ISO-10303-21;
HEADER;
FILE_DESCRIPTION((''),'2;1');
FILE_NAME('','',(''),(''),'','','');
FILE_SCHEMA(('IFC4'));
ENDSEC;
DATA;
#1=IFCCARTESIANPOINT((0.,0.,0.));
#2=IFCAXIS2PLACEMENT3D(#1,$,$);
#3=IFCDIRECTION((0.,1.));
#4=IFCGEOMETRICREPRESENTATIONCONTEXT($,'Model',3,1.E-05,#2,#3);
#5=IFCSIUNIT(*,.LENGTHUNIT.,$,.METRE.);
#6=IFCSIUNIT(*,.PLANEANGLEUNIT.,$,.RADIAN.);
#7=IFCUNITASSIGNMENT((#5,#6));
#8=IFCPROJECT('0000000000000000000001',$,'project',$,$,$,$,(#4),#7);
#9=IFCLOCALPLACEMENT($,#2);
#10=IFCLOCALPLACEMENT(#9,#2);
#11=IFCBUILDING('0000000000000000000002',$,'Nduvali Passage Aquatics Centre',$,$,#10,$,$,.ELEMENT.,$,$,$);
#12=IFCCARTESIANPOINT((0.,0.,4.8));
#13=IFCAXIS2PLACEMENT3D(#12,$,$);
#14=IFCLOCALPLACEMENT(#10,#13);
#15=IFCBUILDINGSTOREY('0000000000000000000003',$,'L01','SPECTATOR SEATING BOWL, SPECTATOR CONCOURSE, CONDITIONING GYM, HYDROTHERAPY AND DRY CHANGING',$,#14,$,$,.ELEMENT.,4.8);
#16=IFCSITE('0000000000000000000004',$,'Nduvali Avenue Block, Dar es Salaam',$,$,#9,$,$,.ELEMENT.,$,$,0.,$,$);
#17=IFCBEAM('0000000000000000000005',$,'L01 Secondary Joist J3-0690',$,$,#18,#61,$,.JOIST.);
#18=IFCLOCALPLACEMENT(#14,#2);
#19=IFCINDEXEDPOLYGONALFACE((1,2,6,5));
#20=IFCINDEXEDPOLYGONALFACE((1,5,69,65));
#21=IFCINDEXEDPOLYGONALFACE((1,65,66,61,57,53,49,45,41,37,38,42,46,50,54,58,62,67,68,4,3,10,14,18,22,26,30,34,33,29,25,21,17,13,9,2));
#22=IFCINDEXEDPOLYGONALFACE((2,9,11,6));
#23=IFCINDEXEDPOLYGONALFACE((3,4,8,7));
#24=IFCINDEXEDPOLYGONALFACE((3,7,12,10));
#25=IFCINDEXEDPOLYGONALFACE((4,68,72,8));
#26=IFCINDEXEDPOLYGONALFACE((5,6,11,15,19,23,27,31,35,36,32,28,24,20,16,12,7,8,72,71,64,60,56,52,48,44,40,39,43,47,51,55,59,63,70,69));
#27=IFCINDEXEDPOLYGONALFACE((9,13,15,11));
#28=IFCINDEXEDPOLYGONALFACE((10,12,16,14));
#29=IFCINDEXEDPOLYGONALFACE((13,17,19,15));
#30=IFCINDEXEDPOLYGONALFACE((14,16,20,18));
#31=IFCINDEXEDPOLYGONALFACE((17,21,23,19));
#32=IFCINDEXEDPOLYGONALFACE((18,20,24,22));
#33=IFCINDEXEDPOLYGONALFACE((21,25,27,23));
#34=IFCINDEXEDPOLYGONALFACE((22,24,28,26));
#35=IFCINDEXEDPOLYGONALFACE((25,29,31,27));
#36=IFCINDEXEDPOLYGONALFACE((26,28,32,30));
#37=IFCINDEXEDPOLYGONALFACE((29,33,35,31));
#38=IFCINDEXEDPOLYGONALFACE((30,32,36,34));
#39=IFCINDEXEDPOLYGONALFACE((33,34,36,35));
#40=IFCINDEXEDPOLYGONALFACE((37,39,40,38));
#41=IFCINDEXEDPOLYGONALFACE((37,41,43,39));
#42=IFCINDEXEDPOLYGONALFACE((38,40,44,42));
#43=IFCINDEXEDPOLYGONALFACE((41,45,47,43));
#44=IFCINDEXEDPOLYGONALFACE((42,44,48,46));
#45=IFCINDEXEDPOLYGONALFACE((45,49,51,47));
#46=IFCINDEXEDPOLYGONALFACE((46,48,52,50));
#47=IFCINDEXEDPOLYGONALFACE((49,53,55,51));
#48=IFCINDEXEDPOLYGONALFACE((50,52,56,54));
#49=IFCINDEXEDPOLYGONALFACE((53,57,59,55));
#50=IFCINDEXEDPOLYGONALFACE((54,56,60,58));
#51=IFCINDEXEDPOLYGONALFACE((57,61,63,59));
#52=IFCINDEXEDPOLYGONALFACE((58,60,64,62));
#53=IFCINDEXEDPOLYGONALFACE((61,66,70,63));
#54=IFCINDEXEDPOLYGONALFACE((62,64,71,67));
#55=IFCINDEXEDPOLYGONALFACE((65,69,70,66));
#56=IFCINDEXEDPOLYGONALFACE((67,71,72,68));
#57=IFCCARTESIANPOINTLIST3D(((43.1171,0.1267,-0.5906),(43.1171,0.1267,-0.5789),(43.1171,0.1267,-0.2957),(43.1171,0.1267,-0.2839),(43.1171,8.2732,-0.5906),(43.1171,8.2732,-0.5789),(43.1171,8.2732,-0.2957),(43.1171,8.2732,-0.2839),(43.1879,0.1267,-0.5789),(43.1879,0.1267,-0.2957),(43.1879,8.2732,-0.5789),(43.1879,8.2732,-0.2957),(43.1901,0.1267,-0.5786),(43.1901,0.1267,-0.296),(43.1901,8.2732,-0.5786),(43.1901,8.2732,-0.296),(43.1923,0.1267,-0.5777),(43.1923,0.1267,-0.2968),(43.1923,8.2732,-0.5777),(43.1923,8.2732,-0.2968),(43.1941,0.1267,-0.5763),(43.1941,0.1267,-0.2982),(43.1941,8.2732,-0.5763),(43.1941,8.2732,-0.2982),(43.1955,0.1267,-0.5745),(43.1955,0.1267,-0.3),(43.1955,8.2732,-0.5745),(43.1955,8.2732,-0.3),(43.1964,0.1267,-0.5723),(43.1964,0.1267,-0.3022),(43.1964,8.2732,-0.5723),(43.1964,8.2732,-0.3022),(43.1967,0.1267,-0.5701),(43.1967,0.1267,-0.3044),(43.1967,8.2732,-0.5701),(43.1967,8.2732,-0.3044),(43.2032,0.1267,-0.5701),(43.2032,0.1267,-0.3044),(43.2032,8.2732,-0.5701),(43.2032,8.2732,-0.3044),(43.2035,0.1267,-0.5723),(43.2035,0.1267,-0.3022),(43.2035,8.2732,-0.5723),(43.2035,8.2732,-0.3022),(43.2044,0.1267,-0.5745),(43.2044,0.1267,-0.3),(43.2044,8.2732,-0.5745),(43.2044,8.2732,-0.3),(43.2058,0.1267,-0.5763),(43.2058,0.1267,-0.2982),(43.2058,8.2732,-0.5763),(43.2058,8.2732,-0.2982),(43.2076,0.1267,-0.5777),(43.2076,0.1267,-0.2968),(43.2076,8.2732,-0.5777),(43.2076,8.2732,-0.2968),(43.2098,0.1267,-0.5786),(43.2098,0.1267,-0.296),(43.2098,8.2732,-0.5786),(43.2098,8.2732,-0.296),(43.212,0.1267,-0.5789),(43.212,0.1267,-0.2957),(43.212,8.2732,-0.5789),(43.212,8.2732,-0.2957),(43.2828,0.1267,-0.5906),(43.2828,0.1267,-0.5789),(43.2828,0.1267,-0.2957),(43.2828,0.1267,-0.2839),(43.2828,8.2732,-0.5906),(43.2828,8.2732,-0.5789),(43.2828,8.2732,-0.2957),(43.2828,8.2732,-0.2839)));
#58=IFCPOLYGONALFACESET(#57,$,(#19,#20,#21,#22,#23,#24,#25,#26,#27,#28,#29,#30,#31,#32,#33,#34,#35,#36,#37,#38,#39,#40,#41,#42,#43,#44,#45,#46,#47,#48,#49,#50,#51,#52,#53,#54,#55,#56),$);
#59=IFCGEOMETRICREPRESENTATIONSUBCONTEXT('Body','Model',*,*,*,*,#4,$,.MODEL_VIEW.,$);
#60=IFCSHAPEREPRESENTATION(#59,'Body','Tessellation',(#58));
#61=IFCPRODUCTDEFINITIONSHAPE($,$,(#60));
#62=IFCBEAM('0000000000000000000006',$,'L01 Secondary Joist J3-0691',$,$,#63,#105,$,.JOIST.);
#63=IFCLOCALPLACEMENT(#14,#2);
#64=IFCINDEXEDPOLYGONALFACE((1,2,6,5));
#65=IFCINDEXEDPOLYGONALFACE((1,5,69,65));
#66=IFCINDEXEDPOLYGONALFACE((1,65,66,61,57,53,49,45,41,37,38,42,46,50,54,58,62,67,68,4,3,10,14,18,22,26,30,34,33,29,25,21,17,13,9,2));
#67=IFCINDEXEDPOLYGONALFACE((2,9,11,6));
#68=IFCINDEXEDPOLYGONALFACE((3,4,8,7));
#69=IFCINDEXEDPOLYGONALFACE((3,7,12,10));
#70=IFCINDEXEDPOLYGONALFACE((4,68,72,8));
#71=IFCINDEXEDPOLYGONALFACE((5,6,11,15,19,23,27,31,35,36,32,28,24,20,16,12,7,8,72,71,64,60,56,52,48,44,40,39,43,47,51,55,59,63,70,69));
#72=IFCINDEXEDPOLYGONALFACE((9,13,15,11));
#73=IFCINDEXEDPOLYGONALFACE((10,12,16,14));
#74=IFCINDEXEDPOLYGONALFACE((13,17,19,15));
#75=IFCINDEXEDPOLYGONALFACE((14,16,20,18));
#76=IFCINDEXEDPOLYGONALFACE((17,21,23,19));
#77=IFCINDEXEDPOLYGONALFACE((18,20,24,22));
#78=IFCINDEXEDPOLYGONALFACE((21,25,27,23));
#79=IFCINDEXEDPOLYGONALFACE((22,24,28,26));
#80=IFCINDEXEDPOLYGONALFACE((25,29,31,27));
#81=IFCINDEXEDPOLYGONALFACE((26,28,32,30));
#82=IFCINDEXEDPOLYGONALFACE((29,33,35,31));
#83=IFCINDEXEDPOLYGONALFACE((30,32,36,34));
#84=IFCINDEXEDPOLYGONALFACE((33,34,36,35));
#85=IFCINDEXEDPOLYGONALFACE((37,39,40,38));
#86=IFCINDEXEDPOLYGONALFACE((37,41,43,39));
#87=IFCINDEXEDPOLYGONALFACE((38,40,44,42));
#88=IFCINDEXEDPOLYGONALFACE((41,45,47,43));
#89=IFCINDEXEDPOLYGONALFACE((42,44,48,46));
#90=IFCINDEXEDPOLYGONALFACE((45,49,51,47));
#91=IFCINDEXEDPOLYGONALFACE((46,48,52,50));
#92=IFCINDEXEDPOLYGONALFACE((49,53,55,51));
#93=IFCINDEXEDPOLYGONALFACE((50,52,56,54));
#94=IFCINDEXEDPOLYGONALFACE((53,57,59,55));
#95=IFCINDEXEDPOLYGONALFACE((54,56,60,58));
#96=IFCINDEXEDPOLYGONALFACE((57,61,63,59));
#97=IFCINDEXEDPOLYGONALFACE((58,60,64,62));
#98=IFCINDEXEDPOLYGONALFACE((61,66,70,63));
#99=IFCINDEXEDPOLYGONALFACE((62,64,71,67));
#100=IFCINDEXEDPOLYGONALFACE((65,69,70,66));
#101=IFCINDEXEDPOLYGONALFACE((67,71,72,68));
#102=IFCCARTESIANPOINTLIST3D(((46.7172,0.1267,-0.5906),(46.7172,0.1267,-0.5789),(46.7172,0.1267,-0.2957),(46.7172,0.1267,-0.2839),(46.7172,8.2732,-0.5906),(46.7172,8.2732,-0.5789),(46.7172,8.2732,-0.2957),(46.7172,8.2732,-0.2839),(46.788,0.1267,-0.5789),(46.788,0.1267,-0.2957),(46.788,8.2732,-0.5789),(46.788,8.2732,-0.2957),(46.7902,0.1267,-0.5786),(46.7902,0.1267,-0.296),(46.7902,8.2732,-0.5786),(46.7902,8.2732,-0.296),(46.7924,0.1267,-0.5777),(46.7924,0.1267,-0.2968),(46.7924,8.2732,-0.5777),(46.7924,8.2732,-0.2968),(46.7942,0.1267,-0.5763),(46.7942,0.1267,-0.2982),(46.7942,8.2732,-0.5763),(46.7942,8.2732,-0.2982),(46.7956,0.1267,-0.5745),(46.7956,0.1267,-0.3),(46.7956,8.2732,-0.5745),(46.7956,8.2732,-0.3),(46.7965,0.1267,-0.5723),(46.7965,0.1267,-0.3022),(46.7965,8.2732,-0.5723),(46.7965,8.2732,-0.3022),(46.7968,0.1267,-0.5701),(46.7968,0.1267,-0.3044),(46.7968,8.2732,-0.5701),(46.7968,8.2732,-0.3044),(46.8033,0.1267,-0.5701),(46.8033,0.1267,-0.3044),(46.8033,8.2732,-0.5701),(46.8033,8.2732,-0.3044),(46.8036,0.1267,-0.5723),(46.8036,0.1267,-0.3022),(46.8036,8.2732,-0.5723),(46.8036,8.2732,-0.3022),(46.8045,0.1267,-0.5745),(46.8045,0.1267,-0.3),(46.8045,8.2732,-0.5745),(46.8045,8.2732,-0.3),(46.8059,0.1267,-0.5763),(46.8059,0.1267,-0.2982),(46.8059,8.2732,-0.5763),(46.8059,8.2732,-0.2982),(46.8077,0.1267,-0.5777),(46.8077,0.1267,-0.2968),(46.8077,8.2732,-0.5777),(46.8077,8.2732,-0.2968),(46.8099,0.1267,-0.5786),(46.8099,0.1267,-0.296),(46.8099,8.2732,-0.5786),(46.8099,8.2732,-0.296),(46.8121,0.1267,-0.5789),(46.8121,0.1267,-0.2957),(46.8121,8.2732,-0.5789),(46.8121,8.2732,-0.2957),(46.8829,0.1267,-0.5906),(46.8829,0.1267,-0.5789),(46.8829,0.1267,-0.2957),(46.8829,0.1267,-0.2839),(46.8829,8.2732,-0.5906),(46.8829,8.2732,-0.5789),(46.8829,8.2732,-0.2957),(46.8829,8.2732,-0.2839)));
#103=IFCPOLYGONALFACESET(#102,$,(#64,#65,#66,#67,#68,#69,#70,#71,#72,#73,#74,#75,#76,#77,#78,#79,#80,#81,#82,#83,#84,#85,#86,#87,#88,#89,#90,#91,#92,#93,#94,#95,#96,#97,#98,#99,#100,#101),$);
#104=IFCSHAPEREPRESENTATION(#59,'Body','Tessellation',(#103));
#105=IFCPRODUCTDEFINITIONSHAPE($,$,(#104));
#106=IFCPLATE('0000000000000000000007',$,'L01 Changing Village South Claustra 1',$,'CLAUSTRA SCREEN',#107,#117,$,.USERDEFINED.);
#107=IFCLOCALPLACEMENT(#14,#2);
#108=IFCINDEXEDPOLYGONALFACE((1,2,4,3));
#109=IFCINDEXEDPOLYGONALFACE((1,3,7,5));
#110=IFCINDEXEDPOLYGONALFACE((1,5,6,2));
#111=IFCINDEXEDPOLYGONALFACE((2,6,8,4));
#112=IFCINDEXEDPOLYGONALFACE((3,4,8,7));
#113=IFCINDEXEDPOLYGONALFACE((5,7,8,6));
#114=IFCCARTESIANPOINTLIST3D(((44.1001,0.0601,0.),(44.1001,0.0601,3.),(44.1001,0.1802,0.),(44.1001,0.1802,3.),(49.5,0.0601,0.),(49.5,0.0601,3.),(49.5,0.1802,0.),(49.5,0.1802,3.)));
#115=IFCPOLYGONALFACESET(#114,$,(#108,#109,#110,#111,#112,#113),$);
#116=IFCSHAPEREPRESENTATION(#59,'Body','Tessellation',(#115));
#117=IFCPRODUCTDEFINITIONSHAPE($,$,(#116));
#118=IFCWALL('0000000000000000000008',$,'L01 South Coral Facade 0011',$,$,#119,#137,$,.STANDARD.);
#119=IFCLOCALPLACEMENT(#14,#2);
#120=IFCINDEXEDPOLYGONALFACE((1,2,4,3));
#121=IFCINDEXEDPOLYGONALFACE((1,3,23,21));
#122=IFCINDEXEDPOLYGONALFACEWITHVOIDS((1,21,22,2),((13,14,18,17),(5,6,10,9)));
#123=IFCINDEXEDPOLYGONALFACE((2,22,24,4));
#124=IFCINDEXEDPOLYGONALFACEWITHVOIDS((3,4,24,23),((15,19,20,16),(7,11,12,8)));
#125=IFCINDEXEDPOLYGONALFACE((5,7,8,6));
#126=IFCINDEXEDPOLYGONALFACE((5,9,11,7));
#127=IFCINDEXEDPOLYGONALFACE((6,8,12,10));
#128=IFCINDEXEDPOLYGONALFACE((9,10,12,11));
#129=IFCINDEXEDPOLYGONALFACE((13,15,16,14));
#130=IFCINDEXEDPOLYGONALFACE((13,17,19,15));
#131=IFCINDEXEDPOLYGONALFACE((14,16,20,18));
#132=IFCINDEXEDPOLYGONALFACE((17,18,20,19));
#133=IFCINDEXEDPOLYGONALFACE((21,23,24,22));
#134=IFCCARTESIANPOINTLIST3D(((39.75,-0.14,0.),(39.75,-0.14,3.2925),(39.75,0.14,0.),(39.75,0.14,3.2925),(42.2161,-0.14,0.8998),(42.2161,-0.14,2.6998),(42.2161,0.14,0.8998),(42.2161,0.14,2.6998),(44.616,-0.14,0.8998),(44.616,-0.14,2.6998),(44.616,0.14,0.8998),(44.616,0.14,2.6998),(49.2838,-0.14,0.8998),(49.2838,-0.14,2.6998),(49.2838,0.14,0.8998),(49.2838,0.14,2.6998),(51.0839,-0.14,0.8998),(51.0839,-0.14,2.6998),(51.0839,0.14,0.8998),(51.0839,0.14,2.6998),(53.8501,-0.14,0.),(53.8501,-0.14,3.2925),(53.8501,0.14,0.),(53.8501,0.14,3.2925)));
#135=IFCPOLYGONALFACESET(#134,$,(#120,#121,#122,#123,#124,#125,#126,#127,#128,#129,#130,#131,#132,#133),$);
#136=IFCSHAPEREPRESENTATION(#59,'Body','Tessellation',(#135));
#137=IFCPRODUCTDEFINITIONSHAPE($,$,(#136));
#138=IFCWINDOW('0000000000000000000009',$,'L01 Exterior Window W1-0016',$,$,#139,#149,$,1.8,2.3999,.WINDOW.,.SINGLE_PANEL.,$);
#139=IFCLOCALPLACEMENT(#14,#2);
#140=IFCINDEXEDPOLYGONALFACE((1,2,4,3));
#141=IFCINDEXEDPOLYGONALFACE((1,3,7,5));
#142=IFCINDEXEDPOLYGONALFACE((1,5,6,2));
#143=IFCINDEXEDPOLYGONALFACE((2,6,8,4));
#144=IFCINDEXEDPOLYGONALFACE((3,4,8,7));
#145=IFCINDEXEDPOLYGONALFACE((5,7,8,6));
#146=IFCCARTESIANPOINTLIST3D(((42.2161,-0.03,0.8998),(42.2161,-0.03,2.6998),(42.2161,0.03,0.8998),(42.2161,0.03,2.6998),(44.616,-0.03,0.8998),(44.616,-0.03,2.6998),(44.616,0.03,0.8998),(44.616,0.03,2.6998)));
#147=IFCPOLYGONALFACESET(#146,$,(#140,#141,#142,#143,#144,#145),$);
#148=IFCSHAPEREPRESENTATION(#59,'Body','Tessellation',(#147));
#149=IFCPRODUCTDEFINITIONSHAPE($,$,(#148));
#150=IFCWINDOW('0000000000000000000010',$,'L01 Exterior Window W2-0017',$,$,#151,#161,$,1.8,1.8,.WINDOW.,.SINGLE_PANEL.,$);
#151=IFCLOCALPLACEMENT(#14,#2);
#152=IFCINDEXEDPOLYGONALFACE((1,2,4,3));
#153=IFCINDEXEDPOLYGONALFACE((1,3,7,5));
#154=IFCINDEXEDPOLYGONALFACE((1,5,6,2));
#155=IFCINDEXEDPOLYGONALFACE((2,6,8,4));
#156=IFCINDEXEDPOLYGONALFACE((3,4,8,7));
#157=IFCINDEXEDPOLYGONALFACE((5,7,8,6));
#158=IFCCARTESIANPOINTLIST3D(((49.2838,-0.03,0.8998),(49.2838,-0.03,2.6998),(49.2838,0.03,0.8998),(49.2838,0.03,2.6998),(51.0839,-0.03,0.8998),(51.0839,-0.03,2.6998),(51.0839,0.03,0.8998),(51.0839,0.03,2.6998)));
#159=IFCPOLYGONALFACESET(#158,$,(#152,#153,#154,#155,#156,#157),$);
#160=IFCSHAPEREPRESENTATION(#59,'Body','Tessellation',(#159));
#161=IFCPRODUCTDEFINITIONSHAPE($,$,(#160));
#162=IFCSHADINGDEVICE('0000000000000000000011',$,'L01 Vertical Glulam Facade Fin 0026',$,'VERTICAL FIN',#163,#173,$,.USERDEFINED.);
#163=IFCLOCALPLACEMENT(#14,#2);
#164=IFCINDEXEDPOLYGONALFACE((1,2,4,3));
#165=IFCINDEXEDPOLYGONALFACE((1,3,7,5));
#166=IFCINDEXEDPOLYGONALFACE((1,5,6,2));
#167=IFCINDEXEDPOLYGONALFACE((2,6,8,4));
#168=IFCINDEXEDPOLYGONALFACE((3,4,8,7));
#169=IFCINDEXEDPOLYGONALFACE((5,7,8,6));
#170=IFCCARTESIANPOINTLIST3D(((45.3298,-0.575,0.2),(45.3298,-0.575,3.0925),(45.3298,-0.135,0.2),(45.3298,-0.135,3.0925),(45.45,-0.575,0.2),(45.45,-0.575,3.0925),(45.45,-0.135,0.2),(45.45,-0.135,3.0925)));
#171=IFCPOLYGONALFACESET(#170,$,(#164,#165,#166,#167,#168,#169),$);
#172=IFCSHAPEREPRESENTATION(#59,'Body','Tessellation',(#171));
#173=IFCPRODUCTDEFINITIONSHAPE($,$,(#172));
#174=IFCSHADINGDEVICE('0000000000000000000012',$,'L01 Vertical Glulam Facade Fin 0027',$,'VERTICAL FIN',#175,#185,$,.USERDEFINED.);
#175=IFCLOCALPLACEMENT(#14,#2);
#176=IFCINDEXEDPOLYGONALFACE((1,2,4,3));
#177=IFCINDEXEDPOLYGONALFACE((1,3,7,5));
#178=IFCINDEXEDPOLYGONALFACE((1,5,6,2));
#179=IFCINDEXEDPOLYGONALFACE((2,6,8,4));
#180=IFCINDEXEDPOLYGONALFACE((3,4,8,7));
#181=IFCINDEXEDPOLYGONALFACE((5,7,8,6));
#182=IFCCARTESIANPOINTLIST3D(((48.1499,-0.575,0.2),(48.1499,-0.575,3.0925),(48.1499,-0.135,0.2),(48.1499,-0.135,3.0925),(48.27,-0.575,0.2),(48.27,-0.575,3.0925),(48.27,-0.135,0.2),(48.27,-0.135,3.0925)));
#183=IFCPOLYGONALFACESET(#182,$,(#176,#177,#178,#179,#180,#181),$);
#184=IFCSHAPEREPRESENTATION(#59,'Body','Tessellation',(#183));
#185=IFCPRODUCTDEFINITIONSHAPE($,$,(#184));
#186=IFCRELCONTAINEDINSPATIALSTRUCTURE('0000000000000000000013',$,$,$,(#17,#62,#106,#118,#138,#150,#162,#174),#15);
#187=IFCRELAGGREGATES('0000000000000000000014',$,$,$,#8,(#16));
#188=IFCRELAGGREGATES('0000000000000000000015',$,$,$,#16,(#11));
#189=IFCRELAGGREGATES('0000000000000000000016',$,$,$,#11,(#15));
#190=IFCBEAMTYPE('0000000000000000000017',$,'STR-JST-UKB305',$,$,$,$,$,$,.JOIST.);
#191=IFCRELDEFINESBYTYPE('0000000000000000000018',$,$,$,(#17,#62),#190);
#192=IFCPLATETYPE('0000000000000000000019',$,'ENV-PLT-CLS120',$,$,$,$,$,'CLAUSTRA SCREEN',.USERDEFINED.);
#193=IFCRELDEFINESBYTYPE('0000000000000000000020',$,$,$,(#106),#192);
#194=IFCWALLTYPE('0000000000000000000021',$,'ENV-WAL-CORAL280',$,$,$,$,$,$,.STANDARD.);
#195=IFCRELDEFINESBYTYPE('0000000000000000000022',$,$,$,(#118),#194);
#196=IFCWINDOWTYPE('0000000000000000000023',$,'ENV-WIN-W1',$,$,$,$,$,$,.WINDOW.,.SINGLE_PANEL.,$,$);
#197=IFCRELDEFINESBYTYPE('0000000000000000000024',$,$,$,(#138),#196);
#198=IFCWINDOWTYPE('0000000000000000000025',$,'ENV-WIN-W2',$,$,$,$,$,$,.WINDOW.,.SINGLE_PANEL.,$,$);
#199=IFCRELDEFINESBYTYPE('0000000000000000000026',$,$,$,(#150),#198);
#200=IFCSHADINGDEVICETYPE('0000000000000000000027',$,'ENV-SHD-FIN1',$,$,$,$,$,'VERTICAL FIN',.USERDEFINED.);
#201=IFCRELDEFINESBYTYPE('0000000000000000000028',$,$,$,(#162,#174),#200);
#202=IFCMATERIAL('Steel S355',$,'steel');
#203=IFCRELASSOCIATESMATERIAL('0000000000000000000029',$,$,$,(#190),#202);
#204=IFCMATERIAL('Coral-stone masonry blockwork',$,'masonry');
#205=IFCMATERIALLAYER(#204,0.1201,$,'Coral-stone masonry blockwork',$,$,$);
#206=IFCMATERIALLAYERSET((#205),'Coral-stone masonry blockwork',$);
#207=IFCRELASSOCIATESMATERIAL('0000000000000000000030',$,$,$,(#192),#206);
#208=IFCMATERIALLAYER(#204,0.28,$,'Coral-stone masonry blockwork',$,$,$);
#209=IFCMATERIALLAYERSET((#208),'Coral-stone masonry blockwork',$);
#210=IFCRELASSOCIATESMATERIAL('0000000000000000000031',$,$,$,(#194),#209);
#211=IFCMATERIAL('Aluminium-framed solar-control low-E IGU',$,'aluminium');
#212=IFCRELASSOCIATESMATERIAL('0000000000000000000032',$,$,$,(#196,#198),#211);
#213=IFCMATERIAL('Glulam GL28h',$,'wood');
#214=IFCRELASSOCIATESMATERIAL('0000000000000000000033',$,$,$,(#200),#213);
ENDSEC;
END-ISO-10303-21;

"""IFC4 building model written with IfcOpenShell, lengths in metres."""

from ifc_helpers import new_model, si_unit, direction, frame, frame_2d, origin, origin_2d, place, context, subcontext, project, spatial, rectangle, i_section, extrude, material, layer, layer_set, material_profile, profile_set, type_object, element, fill, save


model = new_model("IFC4")

# Units and contexts
model_context = context("Model", 3, precision=1e-05, world=origin(), true_north=direction((0.0, 1.0)))
body_context = subcontext(model_context, "Body", "Model", "MODEL_VIEW")
ifc_project = project(units=[si_unit("LENGTHUNIT", "METRE"), si_unit("PLANEANGLEUNIT", "RADIAN")], contexts=[model_context])

# Site, building, storey
site_placement = place(None, origin())
site = spatial("IfcSite", under=ifc_project, at=site_placement, Name="Nduvali Avenue Block, Dar es Salaam", CompositionType="ELEMENT", RefElevation=0.0)
building_placement = place(site_placement, origin())
building = spatial("IfcBuilding", under=site, at=building_placement, Name="Nduvali Passage Aquatics Centre", CompositionType="ELEMENT")
storey_placement = place(building_placement, frame((0.0, 0.0, 4.8)))
storey = spatial("IfcBuildingStorey", under=building, at=storey_placement, Name="L01", Description="SPECTATOR SEATING BOWL, SPECTATOR CONCOURSE, CONDITIONING GYM, HYDROTHERAPY AND DRY CHANGING", CompositionType="ELEMENT", Elevation=4.8)

# Shared definitions
ifc_material_1 = material(Name="Steel S355", Category="steel")

# Beams
ifc_material_profile_1 = material_profile(ifc_material_1, i_section(OverallWidth=0.1658, OverallDepth=0.3066, WebThickness=0.0066, FlangeThickness=0.0117, FilletRadius=0.0088, at=origin_2d()), Name="UKB 305x165x46")
ifc_profile_set_1 = profile_set([ifc_material_profile_1], Name="Steel S355")
beam_type_1 = type_object("IfcBeamType", Name="STR-JST-UKB305", PredefinedType="JOIST", material=ifc_profile_set_1)
for number, where, z_axis, x_axis, name in (
    (1, (43.2, 0.1267, -0.4373), (0.0, 1.0, 0.0), (-1.0, 0.0, 0.0), "L01 Secondary Joist J3-0690"),
    (2, (46.8, 0.1267, -0.4373), (0.0, 1.0, 0.0), (-1.0, 0.0, 0.0), "L01 Secondary Joist J3-0691"),
):
    element("IfcBeam", number, at=place(storey_placement, frame(where, z_axis=z_axis, x_axis=x_axis)), inside=storey, type_object=beam_type_1, Name=name, PredefinedType="JOIST", context=body_context, shape_type="SweptSolid", body=[
        extrude(i_section(OverallWidth=0.1658, OverallDepth=0.3066, WebThickness=0.0066, FlangeThickness=0.0117, FilletRadius=0.0088, at=origin_2d()), origin(), (0.0, 0.0, 1.0), 8.1465),
    ])

# Plate
ifc_material_2 = material(Name="Coral-stone masonry blockwork", Category="masonry")
ifc_layer_1 = layer(ifc_material_2, 0.1201, Name="Coral-stone masonry blockwork")
ifc_layer_set_1 = layer_set([ifc_layer_1], Name="Coral-stone masonry blockwork")
plate_type = type_object("IfcPlateType", Name="ENV-PLT-CLS120", ElementType="CLAUSTRA SCREEN", PredefinedType="USERDEFINED", material=ifc_layer_set_1)
plate_placement = place(storey_placement, frame((46.8, 0.1201, 0.0), z_axis=(0.0, 0.0, 1.0), x_axis=(1.0, 0.0, 0.0)))
element("IfcPlate", 3, at=plate_placement, inside=storey, type_object=plate_type, Name="L01 Changing Village South Claustra 1", ObjectType="CLAUSTRA SCREEN", PredefinedType="USERDEFINED", context=body_context, shape_type="SweptSolid", body=[
    extrude(rectangle(XDim=5.3999, YDim=0.1201, at=origin_2d()), origin(), (0.0, 0.0, 1.0), 3.0),
])

# Wall, openings, windows
ifc_layer_2 = layer(ifc_material_2, 0.28, Name="Coral-stone masonry blockwork")
ifc_layer_set_2 = layer_set([ifc_layer_2], Name="Coral-stone masonry blockwork")
wall_type = type_object("IfcWallType", Name="ENV-WAL-CORAL280", PredefinedType="STANDARD", material=ifc_layer_set_2)
wall_placement = place(storey_placement, frame((39.75, 0.0, 0.0), z_axis=(0.0, 0.0, 1.0), x_axis=(1.0, 0.0, 0.0)))
wall = element("IfcWall", 4, at=wall_placement, inside=storey, type_object=wall_type, Name="L01 South Coral Facade 0011", PredefinedType="STANDARD", context=body_context, shape_type="SweptSolid", body=[
    extrude(rectangle(XDim=14.1001, YDim=0.28, at=frame_2d((7.05, 0.0))), origin(), (0.0, 0.0, 1.0), 3.2925),
])
opening_1_placement = place(wall_placement, frame((2.4661, 0.0, 0.8999)))
opening_1 = element("IfcOpeningElement", 5, at=opening_1_placement, cuts=wall, PredefinedType="OPENING", context=body_context, shape_type="SweptSolid", body=[
    extrude(rectangle(XDim=2.3999, YDim=1.8, at=frame_2d((1.2, 0.8999))), frame((0.0, 0.1548, 0.0), z_axis=(0.0, -1.0, 0.0), x_axis=(1.0, 0.0, 0.0)), (0.0, 0.0, 1.0), 0.3098),
])
opening_2_placement = place(wall_placement, frame((9.5339, 0.0, 0.8999)))
opening_2 = element("IfcOpeningElement", 6, at=opening_2_placement, cuts=wall, PredefinedType="OPENING", context=body_context, shape_type="SweptSolid", body=[
    extrude(rectangle(XDim=1.8, YDim=1.8, at=frame_2d((0.8999, 0.8999))), frame((0.0, 0.1548, 0.0), z_axis=(0.0, -1.0, 0.0), x_axis=(1.0, 0.0, 0.0)), (0.0, 0.0, 1.0), 0.3098),
])
ifc_material_3 = material(Name="Aluminium-framed solar-control low-E IGU", Category="aluminium")
window_type_1 = type_object("IfcWindowType", Name="ENV-WIN-W1", PartitioningType="SINGLE_PANEL", PredefinedType="WINDOW", material=ifc_material_3)
window_1_placement = place(opening_1_placement, origin())
window_1 = element("IfcWindow", 7, at=window_1_placement, inside=storey, type_object=window_type_1, Name="L01 Exterior Window W1-0016", OverallHeight=1.8, OverallWidth=2.3999, PartitioningType="SINGLE_PANEL", PredefinedType="WINDOW", context=body_context, shape_type="SweptSolid", body=[
    extrude(rectangle(XDim=2.3999, YDim=1.8, at=frame_2d((1.2, 0.8999))), frame((0.0, 0.03, 0.0), z_axis=(0.0, -1.0, 0.0), x_axis=(1.0, 0.0, 0.0)), (0.0, 0.0, 1.0), 0.0601),
])
fill(opening_1, window_1)
window_type_2 = type_object("IfcWindowType", Name="ENV-WIN-W2", PartitioningType="SINGLE_PANEL", PredefinedType="WINDOW", material=ifc_material_3)
window_2_placement = place(opening_2_placement, origin())
window_2 = element("IfcWindow", 8, at=window_2_placement, inside=storey, type_object=window_type_2, Name="L01 Exterior Window W2-0017", OverallHeight=1.8, OverallWidth=1.8, PartitioningType="SINGLE_PANEL", PredefinedType="WINDOW", context=body_context, shape_type="SweptSolid", body=[
    extrude(rectangle(XDim=1.8, YDim=1.8, at=frame_2d((0.8999, 0.8999))), frame((0.0, 0.03, 0.0), z_axis=(0.0, -1.0, 0.0), x_axis=(1.0, 0.0, 0.0)), (0.0, 0.0, 1.0), 0.0601),
])
fill(opening_2, window_2)

# Shading devices
ifc_material_4 = material(Name="Glulam GL28h", Category="wood")
shading_device_type_1 = type_object("IfcShadingDeviceType", Name="ENV-SHD-FIN1", ElementType="VERTICAL FIN", PredefinedType="USERDEFINED", material=ifc_material_4)
for number, where, z_axis, x_axis, name in (
    (9, (45.3899, -0.355, 0.2), (0.0, 0.0, 1.0), (1.0, 0.0, 0.0), "L01 Vertical Glulam Facade Fin 0026"),
    (10, (48.21, -0.355, 0.2), (0.0, 0.0, 1.0), (1.0, 0.0, 0.0), "L01 Vertical Glulam Facade Fin 0027"),
):
    element("IfcShadingDevice", number, at=place(storey_placement, frame(where, z_axis=z_axis, x_axis=x_axis)), inside=storey, type_object=shading_device_type_1, Name=name, ObjectType="VERTICAL FIN", PredefinedType="USERDEFINED", context=body_context, shape_type="SweptSolid", body=[
        extrude(rectangle(XDim=0.1201, YDim=0.4399, at=origin_2d()), origin(), (0.0, 0.0, 1.0), 2.8926),
    ])

save(model, "model.ifc")
